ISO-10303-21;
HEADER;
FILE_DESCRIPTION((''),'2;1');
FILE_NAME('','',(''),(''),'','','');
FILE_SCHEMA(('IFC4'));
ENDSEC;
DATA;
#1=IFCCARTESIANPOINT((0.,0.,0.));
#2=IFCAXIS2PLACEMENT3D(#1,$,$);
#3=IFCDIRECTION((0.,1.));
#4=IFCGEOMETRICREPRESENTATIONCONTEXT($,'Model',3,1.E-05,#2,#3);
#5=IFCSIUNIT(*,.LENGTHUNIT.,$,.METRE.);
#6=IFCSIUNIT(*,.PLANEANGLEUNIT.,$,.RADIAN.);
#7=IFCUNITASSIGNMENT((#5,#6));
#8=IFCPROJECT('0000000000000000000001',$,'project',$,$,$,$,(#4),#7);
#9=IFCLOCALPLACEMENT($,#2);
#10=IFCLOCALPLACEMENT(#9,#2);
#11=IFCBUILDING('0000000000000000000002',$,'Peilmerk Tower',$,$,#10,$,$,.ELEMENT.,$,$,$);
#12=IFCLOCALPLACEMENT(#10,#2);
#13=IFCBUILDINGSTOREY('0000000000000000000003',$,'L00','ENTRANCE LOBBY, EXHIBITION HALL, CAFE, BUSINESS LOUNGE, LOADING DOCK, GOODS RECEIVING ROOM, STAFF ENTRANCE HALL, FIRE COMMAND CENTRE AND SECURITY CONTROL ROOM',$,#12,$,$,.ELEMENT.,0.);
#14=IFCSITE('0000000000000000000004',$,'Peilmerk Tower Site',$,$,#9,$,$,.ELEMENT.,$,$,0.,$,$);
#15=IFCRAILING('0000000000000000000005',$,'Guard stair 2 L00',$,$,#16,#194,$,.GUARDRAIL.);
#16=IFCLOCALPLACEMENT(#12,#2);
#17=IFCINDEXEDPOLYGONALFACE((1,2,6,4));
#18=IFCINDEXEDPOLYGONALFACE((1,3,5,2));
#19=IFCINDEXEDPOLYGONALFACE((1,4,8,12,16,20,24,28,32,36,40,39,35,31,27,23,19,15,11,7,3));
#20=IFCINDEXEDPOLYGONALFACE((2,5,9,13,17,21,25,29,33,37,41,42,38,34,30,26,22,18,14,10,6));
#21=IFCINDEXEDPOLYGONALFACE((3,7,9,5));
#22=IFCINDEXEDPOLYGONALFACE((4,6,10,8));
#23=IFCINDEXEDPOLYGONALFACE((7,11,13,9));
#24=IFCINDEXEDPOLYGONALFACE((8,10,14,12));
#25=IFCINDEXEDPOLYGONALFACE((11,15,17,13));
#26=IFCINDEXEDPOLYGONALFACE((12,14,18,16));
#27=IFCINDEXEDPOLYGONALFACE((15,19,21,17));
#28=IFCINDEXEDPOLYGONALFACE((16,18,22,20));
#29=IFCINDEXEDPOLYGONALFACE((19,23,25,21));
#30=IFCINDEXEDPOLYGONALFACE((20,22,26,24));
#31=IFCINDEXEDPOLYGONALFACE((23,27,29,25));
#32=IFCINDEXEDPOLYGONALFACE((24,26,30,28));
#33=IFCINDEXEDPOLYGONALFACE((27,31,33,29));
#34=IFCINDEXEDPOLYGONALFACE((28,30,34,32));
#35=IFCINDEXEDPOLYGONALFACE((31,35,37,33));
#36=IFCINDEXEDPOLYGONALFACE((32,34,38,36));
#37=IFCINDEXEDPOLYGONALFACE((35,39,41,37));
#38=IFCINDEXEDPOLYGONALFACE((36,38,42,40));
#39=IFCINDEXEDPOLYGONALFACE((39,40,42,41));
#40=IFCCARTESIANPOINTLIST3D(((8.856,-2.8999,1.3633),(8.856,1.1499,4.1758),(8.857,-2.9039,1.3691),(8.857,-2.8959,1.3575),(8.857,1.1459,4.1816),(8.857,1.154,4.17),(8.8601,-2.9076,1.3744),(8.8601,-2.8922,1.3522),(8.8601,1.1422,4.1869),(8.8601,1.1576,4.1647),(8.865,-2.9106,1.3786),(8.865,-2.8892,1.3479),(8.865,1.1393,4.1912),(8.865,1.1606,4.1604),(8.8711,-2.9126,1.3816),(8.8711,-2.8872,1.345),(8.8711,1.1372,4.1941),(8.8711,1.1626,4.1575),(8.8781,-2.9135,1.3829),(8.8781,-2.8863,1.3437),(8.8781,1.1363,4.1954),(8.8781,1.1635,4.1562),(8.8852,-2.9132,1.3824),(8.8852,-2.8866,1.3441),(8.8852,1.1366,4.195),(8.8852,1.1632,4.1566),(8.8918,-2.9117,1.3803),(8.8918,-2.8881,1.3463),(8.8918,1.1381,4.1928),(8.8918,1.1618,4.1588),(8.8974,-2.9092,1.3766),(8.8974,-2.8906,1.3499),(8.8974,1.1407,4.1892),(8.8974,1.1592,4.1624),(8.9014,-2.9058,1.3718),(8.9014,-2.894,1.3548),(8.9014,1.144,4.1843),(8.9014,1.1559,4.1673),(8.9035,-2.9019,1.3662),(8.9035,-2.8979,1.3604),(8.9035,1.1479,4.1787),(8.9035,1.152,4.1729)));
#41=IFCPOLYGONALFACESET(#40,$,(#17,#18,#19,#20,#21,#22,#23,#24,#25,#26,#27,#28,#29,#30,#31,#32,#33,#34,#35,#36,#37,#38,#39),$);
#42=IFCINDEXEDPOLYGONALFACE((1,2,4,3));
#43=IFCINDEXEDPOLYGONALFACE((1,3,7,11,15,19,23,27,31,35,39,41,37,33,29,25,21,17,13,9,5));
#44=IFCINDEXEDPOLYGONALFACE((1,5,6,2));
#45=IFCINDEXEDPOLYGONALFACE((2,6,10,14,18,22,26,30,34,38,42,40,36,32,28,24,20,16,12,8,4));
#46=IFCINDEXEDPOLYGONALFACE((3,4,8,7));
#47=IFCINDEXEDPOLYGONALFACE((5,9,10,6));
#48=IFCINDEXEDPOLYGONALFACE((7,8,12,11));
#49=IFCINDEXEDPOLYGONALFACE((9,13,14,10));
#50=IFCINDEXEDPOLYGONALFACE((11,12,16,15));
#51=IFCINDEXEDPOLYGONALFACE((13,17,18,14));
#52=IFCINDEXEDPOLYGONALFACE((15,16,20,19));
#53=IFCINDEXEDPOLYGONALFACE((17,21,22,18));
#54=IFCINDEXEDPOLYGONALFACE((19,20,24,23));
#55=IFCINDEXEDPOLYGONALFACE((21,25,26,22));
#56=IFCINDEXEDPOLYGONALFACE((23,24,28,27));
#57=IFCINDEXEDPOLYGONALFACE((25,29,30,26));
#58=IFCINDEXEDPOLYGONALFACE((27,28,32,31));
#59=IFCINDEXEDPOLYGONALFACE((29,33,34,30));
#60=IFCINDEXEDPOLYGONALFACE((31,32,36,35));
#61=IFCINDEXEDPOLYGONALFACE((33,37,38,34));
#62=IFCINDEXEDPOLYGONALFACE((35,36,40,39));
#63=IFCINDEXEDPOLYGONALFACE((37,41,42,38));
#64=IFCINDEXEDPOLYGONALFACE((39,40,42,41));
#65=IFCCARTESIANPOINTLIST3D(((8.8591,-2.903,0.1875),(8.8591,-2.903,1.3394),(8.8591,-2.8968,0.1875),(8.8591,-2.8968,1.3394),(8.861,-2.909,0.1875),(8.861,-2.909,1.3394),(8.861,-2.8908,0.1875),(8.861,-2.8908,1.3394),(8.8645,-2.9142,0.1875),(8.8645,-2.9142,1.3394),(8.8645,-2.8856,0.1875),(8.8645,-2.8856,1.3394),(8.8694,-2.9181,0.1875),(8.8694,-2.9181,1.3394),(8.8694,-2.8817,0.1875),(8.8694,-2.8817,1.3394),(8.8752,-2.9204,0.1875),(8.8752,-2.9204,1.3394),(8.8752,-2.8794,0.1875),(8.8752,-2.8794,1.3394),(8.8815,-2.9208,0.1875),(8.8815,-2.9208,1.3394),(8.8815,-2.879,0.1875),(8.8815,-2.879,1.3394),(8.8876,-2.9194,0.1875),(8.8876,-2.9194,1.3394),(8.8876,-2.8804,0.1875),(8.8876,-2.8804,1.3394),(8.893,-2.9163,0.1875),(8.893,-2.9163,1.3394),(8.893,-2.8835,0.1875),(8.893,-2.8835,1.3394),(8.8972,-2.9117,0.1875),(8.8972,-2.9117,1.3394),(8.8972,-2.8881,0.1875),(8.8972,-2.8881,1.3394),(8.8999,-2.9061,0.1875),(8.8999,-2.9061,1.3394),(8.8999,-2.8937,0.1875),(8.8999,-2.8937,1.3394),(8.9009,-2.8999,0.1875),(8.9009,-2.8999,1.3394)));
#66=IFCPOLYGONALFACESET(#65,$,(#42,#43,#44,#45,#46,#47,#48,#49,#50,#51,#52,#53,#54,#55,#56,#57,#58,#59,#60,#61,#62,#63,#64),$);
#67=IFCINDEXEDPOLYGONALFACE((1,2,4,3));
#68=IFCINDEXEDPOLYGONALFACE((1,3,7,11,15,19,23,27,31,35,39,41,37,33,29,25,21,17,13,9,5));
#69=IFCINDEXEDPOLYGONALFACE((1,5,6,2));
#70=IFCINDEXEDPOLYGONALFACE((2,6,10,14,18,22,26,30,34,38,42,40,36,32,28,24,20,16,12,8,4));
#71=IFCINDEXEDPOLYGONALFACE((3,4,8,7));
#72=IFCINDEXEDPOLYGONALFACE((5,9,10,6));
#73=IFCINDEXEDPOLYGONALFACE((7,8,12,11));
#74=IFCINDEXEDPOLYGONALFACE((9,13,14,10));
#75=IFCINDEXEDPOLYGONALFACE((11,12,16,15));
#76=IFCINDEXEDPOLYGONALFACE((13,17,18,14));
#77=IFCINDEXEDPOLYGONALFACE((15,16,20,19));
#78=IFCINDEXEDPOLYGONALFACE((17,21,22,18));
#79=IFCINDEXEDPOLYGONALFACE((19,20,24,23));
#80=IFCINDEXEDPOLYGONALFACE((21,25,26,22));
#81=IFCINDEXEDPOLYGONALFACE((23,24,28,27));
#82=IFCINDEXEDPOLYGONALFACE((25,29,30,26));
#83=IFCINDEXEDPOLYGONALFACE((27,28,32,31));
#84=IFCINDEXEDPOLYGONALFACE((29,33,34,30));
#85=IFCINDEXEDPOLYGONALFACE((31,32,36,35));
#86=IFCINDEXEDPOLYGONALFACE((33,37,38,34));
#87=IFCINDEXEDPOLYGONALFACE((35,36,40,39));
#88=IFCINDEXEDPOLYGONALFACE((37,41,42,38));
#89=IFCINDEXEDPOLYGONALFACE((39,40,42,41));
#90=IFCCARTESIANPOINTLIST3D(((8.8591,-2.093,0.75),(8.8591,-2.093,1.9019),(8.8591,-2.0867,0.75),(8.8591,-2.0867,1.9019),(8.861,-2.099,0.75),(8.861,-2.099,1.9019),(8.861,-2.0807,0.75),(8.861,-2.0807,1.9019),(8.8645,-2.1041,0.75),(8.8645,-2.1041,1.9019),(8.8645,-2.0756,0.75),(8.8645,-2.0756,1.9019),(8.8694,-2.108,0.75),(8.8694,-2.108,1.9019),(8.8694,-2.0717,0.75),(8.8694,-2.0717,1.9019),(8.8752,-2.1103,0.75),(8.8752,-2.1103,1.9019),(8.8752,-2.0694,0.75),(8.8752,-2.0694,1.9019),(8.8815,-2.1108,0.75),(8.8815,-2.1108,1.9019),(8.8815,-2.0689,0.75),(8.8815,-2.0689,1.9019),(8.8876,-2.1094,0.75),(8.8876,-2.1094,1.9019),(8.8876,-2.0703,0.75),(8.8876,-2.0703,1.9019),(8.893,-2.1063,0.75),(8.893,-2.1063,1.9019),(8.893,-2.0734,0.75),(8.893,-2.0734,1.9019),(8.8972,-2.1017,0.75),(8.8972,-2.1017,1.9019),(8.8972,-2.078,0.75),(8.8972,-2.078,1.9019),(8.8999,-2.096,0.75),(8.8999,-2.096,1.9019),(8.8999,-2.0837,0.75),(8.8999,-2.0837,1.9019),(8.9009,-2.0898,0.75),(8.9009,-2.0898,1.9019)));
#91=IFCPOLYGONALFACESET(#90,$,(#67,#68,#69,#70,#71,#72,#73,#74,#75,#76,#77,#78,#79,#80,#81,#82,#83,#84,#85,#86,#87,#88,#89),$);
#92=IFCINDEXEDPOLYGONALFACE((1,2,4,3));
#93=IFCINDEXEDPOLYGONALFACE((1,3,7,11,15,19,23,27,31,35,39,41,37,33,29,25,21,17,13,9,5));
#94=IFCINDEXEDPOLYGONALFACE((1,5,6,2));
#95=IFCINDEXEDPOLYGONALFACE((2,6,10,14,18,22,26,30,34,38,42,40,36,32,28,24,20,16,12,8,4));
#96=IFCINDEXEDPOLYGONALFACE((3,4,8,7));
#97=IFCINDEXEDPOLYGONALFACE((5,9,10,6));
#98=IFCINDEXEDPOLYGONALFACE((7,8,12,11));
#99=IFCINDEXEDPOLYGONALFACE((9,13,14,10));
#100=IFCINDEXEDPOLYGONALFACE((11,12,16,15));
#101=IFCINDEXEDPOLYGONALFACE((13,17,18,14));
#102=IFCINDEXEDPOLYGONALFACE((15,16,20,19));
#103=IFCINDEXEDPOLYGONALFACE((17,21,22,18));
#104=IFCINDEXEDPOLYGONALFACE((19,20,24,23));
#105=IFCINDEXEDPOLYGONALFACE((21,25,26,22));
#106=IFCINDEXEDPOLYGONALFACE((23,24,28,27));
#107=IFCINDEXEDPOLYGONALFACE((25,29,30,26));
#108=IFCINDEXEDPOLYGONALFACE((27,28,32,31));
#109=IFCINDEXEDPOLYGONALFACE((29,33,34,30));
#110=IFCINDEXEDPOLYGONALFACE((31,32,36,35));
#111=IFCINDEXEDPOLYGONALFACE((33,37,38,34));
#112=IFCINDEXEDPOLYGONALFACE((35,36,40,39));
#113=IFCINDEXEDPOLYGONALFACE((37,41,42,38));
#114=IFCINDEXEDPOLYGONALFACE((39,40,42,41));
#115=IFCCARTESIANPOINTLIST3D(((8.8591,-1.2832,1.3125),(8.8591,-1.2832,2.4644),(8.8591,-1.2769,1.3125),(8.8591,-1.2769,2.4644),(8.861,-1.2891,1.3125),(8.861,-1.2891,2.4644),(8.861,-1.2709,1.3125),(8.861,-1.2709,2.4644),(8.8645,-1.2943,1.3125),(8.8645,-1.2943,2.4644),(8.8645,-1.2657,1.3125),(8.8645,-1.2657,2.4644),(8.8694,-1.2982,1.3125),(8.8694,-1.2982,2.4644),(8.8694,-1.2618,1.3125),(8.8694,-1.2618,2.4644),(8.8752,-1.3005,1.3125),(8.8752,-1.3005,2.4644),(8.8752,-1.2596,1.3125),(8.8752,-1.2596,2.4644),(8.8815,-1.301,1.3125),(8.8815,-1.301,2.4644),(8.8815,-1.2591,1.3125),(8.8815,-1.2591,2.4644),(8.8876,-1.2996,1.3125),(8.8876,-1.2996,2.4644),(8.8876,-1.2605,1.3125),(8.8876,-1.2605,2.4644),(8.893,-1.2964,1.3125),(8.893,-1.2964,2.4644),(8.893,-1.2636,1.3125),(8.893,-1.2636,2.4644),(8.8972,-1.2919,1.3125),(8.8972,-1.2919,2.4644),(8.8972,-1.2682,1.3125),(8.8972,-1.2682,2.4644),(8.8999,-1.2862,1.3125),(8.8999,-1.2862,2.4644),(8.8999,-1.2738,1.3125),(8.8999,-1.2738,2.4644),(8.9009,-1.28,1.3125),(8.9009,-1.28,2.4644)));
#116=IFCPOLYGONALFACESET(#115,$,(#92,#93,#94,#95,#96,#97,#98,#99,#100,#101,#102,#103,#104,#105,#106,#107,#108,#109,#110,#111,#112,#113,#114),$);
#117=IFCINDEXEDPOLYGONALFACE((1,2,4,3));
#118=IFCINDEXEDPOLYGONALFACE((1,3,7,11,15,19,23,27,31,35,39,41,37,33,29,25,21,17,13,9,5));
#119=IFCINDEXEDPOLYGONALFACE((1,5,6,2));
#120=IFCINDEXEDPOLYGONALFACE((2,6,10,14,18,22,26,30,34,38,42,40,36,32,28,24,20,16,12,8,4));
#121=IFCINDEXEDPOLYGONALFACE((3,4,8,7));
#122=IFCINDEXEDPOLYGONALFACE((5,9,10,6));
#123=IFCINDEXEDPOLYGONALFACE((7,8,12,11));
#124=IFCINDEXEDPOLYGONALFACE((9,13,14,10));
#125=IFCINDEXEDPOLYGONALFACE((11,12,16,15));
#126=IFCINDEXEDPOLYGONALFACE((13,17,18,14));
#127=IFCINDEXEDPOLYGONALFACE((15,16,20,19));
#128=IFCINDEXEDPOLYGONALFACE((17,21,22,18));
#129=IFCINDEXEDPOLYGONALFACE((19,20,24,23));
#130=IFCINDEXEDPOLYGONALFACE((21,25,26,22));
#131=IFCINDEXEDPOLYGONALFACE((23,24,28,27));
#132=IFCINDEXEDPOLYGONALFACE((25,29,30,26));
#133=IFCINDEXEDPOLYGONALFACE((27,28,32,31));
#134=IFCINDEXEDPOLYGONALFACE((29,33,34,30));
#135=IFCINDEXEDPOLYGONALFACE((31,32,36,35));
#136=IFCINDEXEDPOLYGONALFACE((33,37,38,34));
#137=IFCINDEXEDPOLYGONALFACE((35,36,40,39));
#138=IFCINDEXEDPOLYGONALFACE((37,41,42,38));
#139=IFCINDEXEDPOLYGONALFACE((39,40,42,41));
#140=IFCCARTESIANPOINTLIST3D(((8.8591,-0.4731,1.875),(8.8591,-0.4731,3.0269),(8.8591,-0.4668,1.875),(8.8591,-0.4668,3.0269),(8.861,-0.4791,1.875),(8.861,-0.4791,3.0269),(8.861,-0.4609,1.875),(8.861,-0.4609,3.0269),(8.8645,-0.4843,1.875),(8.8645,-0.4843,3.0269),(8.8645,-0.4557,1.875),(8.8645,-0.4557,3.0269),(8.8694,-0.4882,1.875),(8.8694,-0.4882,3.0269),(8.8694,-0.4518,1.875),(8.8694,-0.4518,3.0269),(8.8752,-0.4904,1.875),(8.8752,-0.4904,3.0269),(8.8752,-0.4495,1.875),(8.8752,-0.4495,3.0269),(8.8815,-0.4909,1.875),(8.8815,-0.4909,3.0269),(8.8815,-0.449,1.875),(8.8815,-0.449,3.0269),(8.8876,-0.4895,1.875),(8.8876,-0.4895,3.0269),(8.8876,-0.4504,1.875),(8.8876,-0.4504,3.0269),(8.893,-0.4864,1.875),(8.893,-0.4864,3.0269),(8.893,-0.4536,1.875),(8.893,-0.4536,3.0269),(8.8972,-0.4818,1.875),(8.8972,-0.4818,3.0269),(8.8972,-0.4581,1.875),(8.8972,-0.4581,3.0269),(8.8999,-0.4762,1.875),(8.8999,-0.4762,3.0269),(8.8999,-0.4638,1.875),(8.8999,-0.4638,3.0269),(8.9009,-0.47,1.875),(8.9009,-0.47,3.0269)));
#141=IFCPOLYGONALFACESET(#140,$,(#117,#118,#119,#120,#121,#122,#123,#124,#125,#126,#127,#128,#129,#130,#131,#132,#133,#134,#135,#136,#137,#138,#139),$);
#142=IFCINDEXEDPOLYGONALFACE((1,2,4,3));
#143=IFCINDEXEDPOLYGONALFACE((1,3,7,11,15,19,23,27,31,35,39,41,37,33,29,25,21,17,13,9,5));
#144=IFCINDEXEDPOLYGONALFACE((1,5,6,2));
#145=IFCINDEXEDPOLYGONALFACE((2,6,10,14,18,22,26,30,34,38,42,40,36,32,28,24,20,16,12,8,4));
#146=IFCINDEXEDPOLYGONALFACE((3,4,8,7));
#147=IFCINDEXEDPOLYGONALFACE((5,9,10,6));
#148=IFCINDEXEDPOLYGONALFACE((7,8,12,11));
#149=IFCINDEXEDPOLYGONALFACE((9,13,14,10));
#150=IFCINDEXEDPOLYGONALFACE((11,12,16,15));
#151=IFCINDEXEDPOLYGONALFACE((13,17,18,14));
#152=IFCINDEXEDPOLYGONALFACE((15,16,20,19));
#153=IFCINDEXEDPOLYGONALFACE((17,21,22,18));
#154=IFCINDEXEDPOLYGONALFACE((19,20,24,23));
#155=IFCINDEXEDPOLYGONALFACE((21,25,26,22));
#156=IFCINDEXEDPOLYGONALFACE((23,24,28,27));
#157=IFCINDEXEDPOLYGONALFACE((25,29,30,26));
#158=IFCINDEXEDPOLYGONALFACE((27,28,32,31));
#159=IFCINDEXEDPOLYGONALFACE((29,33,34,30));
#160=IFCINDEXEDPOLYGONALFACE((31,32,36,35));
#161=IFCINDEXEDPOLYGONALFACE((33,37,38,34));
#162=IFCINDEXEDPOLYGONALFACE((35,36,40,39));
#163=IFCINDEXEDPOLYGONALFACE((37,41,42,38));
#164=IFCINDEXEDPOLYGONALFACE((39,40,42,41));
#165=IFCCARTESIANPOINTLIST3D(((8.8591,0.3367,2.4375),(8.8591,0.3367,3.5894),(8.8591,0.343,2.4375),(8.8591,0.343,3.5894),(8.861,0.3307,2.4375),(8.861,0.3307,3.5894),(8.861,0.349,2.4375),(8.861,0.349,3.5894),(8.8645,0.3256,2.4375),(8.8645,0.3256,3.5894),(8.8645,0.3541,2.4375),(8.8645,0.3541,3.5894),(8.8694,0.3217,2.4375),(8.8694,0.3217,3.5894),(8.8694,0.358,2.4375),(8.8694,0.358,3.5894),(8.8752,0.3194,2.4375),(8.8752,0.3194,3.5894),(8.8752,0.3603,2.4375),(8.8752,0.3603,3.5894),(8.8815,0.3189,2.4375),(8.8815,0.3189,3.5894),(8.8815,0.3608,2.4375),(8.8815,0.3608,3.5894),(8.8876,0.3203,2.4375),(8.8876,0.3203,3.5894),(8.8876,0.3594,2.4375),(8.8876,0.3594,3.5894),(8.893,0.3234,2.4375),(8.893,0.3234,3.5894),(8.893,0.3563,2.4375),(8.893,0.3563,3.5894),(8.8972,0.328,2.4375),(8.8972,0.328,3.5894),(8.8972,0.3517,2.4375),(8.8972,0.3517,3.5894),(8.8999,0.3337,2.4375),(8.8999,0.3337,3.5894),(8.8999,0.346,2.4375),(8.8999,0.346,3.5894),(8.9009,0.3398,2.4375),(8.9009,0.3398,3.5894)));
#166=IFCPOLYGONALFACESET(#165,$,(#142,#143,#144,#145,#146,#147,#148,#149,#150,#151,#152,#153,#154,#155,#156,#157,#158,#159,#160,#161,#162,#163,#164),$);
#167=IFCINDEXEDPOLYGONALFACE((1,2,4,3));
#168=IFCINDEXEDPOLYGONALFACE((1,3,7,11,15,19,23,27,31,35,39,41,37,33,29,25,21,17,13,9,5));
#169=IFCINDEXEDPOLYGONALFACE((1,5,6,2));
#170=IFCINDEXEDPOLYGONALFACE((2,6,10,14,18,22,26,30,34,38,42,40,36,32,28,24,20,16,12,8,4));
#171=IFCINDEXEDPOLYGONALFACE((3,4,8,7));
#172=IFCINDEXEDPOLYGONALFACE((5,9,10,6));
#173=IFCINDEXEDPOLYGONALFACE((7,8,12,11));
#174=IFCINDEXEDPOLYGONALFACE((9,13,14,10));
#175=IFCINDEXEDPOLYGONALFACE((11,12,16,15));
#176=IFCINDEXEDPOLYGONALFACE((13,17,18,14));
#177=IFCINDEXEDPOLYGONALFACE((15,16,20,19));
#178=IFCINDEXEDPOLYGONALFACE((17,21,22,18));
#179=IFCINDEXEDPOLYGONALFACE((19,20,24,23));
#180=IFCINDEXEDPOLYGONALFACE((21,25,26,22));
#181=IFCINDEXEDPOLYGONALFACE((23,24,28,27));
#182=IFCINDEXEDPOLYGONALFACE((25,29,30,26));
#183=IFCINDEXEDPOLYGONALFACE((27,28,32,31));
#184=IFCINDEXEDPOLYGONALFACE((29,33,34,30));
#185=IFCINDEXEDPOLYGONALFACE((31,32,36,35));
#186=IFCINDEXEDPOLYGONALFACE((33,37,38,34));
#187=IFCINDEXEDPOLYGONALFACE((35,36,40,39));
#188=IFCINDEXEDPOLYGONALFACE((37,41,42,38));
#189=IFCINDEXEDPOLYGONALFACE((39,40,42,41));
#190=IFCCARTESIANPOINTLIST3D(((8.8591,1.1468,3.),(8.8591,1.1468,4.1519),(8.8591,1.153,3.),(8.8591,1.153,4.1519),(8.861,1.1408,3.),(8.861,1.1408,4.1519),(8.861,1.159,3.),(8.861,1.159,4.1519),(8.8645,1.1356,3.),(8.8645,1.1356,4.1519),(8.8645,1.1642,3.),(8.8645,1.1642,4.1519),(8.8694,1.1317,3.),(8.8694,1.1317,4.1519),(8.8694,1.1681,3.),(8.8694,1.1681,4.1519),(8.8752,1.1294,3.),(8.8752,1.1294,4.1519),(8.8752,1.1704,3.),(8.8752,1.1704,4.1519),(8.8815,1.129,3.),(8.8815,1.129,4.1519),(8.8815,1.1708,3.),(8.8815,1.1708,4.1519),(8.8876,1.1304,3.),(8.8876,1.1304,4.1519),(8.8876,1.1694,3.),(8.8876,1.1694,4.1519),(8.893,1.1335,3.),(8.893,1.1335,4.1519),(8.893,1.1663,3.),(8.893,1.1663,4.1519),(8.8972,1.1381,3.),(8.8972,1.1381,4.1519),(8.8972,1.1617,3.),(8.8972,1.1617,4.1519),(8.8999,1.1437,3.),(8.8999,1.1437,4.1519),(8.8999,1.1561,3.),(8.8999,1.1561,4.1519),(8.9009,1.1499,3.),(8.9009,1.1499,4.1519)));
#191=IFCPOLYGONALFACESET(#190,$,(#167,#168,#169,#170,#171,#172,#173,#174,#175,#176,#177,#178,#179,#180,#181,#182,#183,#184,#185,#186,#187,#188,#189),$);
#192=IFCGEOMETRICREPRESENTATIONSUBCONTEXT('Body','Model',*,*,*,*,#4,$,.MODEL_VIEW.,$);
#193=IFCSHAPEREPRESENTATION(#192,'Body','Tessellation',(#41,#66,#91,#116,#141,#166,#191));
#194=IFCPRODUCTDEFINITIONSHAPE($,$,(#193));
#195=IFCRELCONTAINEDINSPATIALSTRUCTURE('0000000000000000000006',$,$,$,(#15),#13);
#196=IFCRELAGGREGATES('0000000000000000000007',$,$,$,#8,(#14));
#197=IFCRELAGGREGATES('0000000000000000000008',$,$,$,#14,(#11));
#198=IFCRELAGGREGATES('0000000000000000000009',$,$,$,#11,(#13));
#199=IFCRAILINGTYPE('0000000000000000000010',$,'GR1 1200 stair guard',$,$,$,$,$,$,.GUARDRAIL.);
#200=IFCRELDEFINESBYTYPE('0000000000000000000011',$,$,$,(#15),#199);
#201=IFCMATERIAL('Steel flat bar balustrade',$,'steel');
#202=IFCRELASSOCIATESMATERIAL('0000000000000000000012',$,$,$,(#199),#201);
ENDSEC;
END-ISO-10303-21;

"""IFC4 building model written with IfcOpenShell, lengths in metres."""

from ifc_helpers import new_model, si_unit, direction, frame, origin, origin_2d, place, context, subcontext, project, spatial, circle, extrude, material, type_object, element, save


model = new_model("IFC4")

# Units and contexts
model_context = context("Model", 3, precision=1e-05, world=origin(), true_north=direction((0.0, 1.0)))
body_context = subcontext(model_context, "Body", "Model", "MODEL_VIEW")
ifc_project = project(units=[si_unit("LENGTHUNIT", "METRE"), si_unit("PLANEANGLEUNIT", "RADIAN")], contexts=[model_context])

# Site, building, storey
site_placement = place(None, origin())
site = spatial("IfcSite", under=ifc_project, at=site_placement, Name="Peilmerk Tower Site", CompositionType="ELEMENT", RefElevation=0.0)
building_placement = place(site_placement, origin())
building = spatial("IfcBuilding", under=site, at=building_placement, Name="Peilmerk Tower", CompositionType="ELEMENT")
storey_placement = place(building_placement, origin())
storey = spatial("IfcBuildingStorey", under=building, at=storey_placement, Name="L00", Description="ENTRANCE LOBBY, EXHIBITION HALL, CAFE, BUSINESS LOUNGE, LOADING DOCK, GOODS RECEIVING ROOM, STAFF ENTRANCE HALL, FIRE COMMAND CENTRE AND SECURITY CONTROL ROOM", CompositionType="ELEMENT", Elevation=0.0)

# Railing
ifc_material_1 = material(Name="Steel flat bar balustrade", Category="steel")
railing_type_1 = type_object("IfcRailingType", Name="GR1 1200 stair guard", PredefinedType="GUARDRAIL", material=ifc_material_1)
railing_1_placement = place(storey_placement, frame((8.8799, -2.8999, 0.1875)))
element("IfcRailing", 1, at=railing_1_placement, inside=storey, type_object=railing_type_1, Name="Guard stair 2 L00", PredefinedType="GUARDRAIL", context=body_context, shape_type="SweptSolid", body=[
    extrude(circle(Radius=0.0239, at=origin_2d()), frame((0.0, 0.0, 1.1758), z_axis=(0.0, 0.821357, 0.570414), x_axis=(-1.0, 0.0, 0.0)), (0.0, 0.0, 1.0), 4.9307),
    extrude(circle(Radius=0.021, at=origin_2d()), origin(), (0.0, 0.0, 1.0), 1.1519),
    extrude(circle(Radius=0.021, at=origin_2d()), frame((0.0, 0.8101, 0.5625)), (0.0, 0.0, 1.0), 1.1519),
    extrude(circle(Radius=0.021, at=origin_2d()), frame((0.0, 1.6199, 1.125)), (0.0, 0.0, 1.0), 1.1519),
    extrude(circle(Radius=0.021, at=origin_2d()), frame((0.0, 2.4299, 1.6875)), (0.0, 0.0, 1.0), 1.1519),
    extrude(circle(Radius=0.021, at=origin_2d()), frame((0.0, 3.2397, 2.25)), (0.0, 0.0, 1.0), 1.1519),
    extrude(circle(Radius=0.021, at=origin_2d()), frame((0.0, 4.0498, 2.8125)), (0.0, 0.0, 1.0), 1.1519),
])

save(model, "model.ifc")
